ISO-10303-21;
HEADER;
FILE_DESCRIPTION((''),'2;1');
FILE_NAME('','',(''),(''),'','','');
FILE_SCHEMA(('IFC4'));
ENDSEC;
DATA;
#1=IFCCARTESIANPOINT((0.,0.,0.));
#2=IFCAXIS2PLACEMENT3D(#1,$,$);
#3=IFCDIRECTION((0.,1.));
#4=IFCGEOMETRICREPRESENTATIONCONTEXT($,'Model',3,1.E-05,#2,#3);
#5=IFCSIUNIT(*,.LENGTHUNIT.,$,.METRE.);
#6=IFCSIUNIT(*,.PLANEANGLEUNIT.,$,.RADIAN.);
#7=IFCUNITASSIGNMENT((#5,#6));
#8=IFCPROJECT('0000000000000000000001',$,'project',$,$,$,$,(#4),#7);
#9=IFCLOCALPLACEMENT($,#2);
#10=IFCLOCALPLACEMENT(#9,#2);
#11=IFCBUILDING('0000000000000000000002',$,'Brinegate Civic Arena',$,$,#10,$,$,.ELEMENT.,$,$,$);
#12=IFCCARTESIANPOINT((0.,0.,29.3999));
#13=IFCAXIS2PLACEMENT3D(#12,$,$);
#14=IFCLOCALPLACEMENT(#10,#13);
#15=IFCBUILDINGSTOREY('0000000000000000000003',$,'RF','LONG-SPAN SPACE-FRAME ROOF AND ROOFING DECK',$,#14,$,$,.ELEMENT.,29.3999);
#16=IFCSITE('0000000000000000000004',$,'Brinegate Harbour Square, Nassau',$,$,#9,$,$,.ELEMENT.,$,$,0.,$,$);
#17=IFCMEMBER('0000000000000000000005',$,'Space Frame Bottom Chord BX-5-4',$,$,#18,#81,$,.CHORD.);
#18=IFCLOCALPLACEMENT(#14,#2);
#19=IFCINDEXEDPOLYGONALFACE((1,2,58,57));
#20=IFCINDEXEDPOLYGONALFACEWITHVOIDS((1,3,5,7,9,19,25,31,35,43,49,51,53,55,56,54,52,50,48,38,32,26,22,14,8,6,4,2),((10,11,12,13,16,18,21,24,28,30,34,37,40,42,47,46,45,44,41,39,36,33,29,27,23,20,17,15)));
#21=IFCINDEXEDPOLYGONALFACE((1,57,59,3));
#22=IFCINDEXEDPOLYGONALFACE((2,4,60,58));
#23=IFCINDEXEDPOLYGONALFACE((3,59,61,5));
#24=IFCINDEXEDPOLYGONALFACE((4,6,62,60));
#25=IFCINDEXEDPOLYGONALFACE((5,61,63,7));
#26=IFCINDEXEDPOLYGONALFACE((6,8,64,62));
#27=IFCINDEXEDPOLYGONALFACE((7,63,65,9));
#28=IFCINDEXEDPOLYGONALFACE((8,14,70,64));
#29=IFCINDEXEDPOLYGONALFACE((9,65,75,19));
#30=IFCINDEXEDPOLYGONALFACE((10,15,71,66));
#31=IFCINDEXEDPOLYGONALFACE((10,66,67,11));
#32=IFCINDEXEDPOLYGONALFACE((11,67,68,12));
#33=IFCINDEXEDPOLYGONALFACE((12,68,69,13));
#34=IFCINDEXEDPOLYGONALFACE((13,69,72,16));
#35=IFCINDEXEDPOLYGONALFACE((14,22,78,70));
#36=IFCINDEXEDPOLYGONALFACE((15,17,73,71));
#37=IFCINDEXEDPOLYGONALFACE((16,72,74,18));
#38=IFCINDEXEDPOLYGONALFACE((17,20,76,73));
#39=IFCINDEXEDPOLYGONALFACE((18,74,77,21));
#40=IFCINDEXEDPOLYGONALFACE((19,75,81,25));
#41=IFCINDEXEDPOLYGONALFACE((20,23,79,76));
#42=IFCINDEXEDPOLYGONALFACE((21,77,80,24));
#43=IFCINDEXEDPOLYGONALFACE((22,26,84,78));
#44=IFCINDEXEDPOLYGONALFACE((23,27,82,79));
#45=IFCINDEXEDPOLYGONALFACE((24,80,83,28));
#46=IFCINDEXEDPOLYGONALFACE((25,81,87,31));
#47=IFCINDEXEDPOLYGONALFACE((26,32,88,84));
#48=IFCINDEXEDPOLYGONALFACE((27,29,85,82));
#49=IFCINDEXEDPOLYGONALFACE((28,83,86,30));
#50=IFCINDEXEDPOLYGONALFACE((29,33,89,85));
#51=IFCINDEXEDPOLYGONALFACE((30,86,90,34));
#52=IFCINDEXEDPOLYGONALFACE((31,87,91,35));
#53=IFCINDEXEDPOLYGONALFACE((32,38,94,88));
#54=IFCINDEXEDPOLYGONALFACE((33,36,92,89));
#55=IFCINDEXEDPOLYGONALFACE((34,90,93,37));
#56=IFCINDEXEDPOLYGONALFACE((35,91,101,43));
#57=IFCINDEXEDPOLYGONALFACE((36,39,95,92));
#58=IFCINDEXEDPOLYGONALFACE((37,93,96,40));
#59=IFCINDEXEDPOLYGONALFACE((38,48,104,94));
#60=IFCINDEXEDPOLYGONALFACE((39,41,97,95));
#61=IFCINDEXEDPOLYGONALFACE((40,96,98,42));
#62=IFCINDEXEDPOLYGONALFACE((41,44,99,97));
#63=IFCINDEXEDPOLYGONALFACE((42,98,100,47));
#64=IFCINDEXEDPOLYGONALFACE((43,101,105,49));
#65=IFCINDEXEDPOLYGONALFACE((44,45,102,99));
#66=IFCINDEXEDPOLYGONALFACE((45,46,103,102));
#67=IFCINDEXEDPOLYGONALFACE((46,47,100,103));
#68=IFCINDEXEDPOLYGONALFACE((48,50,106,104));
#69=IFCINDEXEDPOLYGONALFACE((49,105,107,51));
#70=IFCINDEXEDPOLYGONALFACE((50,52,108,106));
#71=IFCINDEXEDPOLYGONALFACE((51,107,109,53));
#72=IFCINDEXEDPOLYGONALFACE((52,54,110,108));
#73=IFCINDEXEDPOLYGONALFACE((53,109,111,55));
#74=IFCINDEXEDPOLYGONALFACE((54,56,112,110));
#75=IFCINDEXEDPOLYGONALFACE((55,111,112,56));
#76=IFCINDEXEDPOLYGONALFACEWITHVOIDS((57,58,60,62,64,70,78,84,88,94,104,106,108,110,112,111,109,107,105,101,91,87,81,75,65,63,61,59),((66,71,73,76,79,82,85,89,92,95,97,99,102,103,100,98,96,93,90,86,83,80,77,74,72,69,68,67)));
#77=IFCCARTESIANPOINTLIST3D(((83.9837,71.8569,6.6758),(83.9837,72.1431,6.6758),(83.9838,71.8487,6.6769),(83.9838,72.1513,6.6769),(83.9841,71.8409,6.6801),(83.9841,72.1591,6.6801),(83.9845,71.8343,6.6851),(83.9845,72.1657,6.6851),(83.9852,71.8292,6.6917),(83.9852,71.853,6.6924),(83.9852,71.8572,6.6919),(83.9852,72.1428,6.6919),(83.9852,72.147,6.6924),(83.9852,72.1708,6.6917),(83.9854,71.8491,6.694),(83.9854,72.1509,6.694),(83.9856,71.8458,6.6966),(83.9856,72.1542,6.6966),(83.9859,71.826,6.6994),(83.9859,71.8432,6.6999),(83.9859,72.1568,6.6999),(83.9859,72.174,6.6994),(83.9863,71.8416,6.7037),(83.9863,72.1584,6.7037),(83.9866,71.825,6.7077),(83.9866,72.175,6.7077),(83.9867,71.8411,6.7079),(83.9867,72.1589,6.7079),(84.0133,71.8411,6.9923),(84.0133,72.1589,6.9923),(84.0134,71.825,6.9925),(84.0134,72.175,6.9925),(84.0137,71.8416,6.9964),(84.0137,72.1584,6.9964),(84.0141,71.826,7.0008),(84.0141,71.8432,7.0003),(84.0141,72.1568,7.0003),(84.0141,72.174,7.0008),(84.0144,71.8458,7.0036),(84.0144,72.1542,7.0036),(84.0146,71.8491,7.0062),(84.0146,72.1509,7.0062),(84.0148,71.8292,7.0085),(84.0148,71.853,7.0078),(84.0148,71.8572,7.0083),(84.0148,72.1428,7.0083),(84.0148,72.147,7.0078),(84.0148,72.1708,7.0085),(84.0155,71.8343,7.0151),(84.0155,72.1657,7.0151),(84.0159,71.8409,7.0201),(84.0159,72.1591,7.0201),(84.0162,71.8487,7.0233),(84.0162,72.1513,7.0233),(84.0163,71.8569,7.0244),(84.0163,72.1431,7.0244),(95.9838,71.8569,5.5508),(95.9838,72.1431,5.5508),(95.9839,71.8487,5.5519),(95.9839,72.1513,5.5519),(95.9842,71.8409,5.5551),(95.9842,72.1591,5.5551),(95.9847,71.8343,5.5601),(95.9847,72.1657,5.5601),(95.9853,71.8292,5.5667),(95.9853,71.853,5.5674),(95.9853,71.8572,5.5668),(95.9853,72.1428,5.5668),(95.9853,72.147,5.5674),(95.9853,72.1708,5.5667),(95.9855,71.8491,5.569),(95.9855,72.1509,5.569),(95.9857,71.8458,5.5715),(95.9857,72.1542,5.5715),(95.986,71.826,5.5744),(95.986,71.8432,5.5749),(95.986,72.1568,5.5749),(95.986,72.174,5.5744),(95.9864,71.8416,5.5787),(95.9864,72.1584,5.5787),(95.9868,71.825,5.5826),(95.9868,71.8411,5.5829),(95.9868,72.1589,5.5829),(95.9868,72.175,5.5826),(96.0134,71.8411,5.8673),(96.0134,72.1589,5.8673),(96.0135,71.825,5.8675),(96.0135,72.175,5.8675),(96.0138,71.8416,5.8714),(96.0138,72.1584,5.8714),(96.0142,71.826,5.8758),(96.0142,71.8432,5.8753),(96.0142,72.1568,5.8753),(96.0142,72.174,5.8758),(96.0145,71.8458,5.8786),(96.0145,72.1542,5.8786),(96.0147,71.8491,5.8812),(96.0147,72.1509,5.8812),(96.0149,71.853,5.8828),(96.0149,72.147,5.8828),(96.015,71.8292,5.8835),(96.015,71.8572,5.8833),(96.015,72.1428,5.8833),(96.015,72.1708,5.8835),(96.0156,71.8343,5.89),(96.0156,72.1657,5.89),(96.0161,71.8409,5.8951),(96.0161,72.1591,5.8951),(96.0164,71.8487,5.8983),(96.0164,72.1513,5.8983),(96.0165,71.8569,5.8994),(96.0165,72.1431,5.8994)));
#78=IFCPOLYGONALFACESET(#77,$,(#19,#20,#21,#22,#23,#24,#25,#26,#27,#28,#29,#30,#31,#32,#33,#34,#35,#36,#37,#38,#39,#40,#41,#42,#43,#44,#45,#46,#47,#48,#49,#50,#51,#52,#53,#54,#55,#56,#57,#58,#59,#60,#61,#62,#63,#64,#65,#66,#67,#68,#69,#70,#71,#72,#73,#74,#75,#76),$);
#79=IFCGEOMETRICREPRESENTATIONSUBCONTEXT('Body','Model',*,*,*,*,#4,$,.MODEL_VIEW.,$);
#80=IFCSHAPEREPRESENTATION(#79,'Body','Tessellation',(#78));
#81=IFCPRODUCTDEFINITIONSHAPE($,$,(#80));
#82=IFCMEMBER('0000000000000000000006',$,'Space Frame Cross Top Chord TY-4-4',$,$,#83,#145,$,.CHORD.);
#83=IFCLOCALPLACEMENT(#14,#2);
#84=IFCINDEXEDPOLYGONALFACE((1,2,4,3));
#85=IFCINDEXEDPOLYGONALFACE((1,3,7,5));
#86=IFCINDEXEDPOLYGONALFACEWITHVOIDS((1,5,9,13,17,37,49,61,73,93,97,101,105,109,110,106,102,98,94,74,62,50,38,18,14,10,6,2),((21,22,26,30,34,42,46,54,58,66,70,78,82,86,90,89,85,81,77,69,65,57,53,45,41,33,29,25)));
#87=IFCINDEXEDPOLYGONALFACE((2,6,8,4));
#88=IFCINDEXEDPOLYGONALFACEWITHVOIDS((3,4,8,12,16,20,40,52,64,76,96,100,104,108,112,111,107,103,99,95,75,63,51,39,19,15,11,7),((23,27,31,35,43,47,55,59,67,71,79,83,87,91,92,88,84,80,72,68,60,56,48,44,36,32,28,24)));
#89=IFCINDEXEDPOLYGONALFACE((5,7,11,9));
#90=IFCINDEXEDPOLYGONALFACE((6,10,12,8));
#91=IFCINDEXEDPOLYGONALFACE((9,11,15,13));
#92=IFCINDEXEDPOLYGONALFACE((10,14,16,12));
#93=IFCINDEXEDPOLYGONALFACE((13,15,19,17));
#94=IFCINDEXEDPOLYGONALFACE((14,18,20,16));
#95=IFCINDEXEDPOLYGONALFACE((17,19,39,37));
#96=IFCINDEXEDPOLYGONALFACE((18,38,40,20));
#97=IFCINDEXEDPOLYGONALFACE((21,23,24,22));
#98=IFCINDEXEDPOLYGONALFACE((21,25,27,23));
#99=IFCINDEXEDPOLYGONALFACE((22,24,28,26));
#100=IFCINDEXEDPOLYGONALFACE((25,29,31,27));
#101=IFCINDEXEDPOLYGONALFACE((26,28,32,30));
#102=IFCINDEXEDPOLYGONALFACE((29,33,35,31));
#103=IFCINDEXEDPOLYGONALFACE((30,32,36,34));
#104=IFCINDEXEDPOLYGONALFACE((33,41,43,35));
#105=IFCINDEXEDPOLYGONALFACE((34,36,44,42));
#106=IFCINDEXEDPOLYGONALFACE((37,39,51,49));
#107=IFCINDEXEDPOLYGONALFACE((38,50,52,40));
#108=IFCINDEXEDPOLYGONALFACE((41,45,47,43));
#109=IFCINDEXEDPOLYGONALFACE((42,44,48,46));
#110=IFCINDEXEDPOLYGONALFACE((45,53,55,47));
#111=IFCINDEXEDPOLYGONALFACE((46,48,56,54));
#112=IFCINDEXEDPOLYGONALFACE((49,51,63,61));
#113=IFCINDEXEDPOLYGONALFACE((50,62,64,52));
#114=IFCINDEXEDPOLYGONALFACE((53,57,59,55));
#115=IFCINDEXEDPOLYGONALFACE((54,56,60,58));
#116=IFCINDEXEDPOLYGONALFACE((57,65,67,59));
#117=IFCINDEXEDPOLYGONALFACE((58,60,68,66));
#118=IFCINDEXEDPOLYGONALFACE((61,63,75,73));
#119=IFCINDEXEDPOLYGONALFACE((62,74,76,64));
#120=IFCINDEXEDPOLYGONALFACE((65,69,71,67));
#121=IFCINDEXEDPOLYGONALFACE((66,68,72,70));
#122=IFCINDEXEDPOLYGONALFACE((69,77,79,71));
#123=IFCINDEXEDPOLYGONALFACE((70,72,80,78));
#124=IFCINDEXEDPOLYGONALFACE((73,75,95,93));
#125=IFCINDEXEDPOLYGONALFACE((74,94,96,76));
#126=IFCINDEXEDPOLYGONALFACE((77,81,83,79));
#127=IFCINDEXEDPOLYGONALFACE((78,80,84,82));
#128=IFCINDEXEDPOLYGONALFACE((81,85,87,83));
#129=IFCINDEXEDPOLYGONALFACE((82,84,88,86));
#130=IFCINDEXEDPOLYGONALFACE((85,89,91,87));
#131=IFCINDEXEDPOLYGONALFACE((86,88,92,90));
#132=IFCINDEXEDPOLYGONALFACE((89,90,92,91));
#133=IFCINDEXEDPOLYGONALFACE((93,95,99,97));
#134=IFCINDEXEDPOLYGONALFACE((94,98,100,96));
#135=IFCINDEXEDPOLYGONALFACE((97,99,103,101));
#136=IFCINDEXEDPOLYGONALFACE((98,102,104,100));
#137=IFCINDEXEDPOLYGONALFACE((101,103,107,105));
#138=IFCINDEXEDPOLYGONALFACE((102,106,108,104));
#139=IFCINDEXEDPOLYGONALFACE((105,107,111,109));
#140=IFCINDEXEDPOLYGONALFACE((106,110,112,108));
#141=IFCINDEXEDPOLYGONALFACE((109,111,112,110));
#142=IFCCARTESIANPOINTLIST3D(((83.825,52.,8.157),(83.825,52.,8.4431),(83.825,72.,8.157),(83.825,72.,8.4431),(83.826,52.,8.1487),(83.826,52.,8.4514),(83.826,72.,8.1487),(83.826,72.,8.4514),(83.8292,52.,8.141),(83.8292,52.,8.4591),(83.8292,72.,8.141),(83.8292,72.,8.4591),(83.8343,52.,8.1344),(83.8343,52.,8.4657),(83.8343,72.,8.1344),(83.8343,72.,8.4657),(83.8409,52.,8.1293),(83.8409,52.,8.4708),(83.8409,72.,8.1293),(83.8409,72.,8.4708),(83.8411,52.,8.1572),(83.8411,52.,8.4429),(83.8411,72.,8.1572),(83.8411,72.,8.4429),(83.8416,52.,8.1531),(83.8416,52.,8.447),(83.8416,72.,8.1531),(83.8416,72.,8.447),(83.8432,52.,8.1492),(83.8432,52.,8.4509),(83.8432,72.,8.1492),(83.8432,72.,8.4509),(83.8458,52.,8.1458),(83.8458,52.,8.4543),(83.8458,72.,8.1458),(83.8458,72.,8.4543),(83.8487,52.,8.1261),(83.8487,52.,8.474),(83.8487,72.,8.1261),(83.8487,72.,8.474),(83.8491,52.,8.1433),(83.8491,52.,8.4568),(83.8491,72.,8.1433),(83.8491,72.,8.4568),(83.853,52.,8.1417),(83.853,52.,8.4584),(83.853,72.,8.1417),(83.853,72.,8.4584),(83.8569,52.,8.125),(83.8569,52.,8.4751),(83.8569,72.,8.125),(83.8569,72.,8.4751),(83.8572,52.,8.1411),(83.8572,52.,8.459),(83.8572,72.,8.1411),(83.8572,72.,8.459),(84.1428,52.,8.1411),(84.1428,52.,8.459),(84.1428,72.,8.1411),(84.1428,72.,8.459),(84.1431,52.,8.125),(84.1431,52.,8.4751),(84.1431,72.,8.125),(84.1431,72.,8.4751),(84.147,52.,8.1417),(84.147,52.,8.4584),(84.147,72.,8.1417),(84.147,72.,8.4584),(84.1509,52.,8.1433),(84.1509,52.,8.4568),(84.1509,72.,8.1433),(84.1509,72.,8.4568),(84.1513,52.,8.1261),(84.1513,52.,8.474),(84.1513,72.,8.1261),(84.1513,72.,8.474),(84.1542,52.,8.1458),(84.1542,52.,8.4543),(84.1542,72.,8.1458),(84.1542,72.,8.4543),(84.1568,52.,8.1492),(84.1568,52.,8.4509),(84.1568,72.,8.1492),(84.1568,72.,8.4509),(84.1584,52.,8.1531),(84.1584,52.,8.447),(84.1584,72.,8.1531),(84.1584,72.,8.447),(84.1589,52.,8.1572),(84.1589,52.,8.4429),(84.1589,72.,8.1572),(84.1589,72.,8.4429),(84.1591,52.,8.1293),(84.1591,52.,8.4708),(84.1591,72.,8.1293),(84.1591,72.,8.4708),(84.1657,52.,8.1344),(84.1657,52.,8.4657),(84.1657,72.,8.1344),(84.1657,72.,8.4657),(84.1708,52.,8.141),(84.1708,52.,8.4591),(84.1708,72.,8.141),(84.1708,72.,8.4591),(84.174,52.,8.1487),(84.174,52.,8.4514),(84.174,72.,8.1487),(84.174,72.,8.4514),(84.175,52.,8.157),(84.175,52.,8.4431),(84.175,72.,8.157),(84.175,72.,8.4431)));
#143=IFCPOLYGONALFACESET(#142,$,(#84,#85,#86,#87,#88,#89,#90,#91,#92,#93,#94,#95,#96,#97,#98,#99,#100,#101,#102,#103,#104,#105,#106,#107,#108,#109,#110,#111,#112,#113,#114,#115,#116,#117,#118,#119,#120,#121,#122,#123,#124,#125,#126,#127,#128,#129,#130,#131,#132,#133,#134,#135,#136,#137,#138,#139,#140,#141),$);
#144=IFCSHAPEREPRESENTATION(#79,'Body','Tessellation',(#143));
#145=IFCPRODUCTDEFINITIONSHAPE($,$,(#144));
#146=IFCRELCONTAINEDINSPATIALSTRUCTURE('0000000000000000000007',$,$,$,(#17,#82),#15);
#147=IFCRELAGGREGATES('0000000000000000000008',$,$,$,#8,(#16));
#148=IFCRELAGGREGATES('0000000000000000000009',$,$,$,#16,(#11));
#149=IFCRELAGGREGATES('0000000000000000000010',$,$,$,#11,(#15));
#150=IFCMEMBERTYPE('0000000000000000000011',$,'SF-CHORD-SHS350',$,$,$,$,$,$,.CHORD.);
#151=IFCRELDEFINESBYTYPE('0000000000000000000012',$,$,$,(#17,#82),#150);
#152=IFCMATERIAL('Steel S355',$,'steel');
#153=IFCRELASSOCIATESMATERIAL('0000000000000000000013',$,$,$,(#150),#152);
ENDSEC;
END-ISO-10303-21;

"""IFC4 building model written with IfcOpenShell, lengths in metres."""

from ifc_helpers import new_model, si_unit, direction, frame, origin, origin_2d, place, context, subcontext, project, spatial, hollow_rectangle, extrude, material, material_profile, profile_set, type_object, element, save


model = new_model("IFC4")

# Units and contexts
model_context = context("Model", 3, precision=1e-05, world=origin(), true_north=direction((0.0, 1.0)))
body_context = subcontext(model_context, "Body", "Model", "MODEL_VIEW")
ifc_project = project(units=[si_unit("LENGTHUNIT", "METRE"), si_unit("PLANEANGLEUNIT", "RADIAN")], contexts=[model_context])

# Site, building, storey
site_placement = place(None, origin())
site = spatial("IfcSite", under=ifc_project, at=site_placement, Name="Brinegate Harbour Square, Nassau", CompositionType="ELEMENT", RefElevation=0.0)
building_placement = place(site_placement, origin())
building = spatial("IfcBuilding", under=site, at=building_placement, Name="Brinegate Civic Arena", CompositionType="ELEMENT")
storey_placement = place(building_placement, frame((0.0, 0.0, 29.3999)))
storey = spatial("IfcBuildingStorey", under=building, at=storey_placement, Name="RF", Description="LONG-SPAN SPACE-FRAME ROOF AND ROOFING DECK", CompositionType="ELEMENT", Elevation=29.3999)

# Members
ifc_material = material(Name="Steel S355", Category="steel")
ifc_material_profile_1 = material_profile(ifc_material, hollow_rectangle(XDim=0.3501, YDim=0.3501, WallThickness=0.0161, InnerFilletRadius=0.0161, OuterFilletRadius=0.032, at=origin_2d()), Name="SHS350X16")
ifc_profile_set_1 = profile_set([ifc_material_profile_1], Name="Steel S355")
member_type_1 = type_object("IfcMemberType", Name="SF-CHORD-SHS350", PredefinedType="CHORD", material=ifc_profile_set_1)
for number, where, z_axis, x_axis, name in (
    (1, (84.0, 72.0, 6.8501), (0.995634, 0.0, -0.093341), (0.0, 1.0, 0.0), "Space Frame Bottom Chord BX-5-4"),
):
    element("IfcMember", number, at=place(storey_placement, frame(where, z_axis=z_axis, x_axis=x_axis)), inside=storey, type_object=member_type_1, Name=name, PredefinedType="CHORD", context=body_context, shape_type="SweptSolid", body=[
        extrude(hollow_rectangle(XDim=0.3501, YDim=0.3501, WallThickness=0.0161, InnerFilletRadius=0.0161, OuterFilletRadius=0.032, at=origin_2d()), origin(), (0.0, 0.0, 1.0), 12.0527),
    ])
for number, where, z_axis, x_axis, name in (
    (2, (84.0, 52.0, 8.3), (0.0, 1.0, 0.0), (-1.0, 0.0, 0.0), "Space Frame Cross Top Chord TY-4-4"),
):
    element("IfcMember", number, at=place(storey_placement, frame(where, z_axis=z_axis, x_axis=x_axis)), inside=storey, type_object=member_type_1, Name=name, PredefinedType="CHORD", context=body_context, shape_type="SweptSolid", body=[
        extrude(hollow_rectangle(XDim=0.3501, YDim=0.3501, WallThickness=0.0161, InnerFilletRadius=0.0161, OuterFilletRadius=0.032, at=origin_2d()), origin(), (0.0, 0.0, 1.0), 20.0),
    ])

save(model, "model.ifc")
